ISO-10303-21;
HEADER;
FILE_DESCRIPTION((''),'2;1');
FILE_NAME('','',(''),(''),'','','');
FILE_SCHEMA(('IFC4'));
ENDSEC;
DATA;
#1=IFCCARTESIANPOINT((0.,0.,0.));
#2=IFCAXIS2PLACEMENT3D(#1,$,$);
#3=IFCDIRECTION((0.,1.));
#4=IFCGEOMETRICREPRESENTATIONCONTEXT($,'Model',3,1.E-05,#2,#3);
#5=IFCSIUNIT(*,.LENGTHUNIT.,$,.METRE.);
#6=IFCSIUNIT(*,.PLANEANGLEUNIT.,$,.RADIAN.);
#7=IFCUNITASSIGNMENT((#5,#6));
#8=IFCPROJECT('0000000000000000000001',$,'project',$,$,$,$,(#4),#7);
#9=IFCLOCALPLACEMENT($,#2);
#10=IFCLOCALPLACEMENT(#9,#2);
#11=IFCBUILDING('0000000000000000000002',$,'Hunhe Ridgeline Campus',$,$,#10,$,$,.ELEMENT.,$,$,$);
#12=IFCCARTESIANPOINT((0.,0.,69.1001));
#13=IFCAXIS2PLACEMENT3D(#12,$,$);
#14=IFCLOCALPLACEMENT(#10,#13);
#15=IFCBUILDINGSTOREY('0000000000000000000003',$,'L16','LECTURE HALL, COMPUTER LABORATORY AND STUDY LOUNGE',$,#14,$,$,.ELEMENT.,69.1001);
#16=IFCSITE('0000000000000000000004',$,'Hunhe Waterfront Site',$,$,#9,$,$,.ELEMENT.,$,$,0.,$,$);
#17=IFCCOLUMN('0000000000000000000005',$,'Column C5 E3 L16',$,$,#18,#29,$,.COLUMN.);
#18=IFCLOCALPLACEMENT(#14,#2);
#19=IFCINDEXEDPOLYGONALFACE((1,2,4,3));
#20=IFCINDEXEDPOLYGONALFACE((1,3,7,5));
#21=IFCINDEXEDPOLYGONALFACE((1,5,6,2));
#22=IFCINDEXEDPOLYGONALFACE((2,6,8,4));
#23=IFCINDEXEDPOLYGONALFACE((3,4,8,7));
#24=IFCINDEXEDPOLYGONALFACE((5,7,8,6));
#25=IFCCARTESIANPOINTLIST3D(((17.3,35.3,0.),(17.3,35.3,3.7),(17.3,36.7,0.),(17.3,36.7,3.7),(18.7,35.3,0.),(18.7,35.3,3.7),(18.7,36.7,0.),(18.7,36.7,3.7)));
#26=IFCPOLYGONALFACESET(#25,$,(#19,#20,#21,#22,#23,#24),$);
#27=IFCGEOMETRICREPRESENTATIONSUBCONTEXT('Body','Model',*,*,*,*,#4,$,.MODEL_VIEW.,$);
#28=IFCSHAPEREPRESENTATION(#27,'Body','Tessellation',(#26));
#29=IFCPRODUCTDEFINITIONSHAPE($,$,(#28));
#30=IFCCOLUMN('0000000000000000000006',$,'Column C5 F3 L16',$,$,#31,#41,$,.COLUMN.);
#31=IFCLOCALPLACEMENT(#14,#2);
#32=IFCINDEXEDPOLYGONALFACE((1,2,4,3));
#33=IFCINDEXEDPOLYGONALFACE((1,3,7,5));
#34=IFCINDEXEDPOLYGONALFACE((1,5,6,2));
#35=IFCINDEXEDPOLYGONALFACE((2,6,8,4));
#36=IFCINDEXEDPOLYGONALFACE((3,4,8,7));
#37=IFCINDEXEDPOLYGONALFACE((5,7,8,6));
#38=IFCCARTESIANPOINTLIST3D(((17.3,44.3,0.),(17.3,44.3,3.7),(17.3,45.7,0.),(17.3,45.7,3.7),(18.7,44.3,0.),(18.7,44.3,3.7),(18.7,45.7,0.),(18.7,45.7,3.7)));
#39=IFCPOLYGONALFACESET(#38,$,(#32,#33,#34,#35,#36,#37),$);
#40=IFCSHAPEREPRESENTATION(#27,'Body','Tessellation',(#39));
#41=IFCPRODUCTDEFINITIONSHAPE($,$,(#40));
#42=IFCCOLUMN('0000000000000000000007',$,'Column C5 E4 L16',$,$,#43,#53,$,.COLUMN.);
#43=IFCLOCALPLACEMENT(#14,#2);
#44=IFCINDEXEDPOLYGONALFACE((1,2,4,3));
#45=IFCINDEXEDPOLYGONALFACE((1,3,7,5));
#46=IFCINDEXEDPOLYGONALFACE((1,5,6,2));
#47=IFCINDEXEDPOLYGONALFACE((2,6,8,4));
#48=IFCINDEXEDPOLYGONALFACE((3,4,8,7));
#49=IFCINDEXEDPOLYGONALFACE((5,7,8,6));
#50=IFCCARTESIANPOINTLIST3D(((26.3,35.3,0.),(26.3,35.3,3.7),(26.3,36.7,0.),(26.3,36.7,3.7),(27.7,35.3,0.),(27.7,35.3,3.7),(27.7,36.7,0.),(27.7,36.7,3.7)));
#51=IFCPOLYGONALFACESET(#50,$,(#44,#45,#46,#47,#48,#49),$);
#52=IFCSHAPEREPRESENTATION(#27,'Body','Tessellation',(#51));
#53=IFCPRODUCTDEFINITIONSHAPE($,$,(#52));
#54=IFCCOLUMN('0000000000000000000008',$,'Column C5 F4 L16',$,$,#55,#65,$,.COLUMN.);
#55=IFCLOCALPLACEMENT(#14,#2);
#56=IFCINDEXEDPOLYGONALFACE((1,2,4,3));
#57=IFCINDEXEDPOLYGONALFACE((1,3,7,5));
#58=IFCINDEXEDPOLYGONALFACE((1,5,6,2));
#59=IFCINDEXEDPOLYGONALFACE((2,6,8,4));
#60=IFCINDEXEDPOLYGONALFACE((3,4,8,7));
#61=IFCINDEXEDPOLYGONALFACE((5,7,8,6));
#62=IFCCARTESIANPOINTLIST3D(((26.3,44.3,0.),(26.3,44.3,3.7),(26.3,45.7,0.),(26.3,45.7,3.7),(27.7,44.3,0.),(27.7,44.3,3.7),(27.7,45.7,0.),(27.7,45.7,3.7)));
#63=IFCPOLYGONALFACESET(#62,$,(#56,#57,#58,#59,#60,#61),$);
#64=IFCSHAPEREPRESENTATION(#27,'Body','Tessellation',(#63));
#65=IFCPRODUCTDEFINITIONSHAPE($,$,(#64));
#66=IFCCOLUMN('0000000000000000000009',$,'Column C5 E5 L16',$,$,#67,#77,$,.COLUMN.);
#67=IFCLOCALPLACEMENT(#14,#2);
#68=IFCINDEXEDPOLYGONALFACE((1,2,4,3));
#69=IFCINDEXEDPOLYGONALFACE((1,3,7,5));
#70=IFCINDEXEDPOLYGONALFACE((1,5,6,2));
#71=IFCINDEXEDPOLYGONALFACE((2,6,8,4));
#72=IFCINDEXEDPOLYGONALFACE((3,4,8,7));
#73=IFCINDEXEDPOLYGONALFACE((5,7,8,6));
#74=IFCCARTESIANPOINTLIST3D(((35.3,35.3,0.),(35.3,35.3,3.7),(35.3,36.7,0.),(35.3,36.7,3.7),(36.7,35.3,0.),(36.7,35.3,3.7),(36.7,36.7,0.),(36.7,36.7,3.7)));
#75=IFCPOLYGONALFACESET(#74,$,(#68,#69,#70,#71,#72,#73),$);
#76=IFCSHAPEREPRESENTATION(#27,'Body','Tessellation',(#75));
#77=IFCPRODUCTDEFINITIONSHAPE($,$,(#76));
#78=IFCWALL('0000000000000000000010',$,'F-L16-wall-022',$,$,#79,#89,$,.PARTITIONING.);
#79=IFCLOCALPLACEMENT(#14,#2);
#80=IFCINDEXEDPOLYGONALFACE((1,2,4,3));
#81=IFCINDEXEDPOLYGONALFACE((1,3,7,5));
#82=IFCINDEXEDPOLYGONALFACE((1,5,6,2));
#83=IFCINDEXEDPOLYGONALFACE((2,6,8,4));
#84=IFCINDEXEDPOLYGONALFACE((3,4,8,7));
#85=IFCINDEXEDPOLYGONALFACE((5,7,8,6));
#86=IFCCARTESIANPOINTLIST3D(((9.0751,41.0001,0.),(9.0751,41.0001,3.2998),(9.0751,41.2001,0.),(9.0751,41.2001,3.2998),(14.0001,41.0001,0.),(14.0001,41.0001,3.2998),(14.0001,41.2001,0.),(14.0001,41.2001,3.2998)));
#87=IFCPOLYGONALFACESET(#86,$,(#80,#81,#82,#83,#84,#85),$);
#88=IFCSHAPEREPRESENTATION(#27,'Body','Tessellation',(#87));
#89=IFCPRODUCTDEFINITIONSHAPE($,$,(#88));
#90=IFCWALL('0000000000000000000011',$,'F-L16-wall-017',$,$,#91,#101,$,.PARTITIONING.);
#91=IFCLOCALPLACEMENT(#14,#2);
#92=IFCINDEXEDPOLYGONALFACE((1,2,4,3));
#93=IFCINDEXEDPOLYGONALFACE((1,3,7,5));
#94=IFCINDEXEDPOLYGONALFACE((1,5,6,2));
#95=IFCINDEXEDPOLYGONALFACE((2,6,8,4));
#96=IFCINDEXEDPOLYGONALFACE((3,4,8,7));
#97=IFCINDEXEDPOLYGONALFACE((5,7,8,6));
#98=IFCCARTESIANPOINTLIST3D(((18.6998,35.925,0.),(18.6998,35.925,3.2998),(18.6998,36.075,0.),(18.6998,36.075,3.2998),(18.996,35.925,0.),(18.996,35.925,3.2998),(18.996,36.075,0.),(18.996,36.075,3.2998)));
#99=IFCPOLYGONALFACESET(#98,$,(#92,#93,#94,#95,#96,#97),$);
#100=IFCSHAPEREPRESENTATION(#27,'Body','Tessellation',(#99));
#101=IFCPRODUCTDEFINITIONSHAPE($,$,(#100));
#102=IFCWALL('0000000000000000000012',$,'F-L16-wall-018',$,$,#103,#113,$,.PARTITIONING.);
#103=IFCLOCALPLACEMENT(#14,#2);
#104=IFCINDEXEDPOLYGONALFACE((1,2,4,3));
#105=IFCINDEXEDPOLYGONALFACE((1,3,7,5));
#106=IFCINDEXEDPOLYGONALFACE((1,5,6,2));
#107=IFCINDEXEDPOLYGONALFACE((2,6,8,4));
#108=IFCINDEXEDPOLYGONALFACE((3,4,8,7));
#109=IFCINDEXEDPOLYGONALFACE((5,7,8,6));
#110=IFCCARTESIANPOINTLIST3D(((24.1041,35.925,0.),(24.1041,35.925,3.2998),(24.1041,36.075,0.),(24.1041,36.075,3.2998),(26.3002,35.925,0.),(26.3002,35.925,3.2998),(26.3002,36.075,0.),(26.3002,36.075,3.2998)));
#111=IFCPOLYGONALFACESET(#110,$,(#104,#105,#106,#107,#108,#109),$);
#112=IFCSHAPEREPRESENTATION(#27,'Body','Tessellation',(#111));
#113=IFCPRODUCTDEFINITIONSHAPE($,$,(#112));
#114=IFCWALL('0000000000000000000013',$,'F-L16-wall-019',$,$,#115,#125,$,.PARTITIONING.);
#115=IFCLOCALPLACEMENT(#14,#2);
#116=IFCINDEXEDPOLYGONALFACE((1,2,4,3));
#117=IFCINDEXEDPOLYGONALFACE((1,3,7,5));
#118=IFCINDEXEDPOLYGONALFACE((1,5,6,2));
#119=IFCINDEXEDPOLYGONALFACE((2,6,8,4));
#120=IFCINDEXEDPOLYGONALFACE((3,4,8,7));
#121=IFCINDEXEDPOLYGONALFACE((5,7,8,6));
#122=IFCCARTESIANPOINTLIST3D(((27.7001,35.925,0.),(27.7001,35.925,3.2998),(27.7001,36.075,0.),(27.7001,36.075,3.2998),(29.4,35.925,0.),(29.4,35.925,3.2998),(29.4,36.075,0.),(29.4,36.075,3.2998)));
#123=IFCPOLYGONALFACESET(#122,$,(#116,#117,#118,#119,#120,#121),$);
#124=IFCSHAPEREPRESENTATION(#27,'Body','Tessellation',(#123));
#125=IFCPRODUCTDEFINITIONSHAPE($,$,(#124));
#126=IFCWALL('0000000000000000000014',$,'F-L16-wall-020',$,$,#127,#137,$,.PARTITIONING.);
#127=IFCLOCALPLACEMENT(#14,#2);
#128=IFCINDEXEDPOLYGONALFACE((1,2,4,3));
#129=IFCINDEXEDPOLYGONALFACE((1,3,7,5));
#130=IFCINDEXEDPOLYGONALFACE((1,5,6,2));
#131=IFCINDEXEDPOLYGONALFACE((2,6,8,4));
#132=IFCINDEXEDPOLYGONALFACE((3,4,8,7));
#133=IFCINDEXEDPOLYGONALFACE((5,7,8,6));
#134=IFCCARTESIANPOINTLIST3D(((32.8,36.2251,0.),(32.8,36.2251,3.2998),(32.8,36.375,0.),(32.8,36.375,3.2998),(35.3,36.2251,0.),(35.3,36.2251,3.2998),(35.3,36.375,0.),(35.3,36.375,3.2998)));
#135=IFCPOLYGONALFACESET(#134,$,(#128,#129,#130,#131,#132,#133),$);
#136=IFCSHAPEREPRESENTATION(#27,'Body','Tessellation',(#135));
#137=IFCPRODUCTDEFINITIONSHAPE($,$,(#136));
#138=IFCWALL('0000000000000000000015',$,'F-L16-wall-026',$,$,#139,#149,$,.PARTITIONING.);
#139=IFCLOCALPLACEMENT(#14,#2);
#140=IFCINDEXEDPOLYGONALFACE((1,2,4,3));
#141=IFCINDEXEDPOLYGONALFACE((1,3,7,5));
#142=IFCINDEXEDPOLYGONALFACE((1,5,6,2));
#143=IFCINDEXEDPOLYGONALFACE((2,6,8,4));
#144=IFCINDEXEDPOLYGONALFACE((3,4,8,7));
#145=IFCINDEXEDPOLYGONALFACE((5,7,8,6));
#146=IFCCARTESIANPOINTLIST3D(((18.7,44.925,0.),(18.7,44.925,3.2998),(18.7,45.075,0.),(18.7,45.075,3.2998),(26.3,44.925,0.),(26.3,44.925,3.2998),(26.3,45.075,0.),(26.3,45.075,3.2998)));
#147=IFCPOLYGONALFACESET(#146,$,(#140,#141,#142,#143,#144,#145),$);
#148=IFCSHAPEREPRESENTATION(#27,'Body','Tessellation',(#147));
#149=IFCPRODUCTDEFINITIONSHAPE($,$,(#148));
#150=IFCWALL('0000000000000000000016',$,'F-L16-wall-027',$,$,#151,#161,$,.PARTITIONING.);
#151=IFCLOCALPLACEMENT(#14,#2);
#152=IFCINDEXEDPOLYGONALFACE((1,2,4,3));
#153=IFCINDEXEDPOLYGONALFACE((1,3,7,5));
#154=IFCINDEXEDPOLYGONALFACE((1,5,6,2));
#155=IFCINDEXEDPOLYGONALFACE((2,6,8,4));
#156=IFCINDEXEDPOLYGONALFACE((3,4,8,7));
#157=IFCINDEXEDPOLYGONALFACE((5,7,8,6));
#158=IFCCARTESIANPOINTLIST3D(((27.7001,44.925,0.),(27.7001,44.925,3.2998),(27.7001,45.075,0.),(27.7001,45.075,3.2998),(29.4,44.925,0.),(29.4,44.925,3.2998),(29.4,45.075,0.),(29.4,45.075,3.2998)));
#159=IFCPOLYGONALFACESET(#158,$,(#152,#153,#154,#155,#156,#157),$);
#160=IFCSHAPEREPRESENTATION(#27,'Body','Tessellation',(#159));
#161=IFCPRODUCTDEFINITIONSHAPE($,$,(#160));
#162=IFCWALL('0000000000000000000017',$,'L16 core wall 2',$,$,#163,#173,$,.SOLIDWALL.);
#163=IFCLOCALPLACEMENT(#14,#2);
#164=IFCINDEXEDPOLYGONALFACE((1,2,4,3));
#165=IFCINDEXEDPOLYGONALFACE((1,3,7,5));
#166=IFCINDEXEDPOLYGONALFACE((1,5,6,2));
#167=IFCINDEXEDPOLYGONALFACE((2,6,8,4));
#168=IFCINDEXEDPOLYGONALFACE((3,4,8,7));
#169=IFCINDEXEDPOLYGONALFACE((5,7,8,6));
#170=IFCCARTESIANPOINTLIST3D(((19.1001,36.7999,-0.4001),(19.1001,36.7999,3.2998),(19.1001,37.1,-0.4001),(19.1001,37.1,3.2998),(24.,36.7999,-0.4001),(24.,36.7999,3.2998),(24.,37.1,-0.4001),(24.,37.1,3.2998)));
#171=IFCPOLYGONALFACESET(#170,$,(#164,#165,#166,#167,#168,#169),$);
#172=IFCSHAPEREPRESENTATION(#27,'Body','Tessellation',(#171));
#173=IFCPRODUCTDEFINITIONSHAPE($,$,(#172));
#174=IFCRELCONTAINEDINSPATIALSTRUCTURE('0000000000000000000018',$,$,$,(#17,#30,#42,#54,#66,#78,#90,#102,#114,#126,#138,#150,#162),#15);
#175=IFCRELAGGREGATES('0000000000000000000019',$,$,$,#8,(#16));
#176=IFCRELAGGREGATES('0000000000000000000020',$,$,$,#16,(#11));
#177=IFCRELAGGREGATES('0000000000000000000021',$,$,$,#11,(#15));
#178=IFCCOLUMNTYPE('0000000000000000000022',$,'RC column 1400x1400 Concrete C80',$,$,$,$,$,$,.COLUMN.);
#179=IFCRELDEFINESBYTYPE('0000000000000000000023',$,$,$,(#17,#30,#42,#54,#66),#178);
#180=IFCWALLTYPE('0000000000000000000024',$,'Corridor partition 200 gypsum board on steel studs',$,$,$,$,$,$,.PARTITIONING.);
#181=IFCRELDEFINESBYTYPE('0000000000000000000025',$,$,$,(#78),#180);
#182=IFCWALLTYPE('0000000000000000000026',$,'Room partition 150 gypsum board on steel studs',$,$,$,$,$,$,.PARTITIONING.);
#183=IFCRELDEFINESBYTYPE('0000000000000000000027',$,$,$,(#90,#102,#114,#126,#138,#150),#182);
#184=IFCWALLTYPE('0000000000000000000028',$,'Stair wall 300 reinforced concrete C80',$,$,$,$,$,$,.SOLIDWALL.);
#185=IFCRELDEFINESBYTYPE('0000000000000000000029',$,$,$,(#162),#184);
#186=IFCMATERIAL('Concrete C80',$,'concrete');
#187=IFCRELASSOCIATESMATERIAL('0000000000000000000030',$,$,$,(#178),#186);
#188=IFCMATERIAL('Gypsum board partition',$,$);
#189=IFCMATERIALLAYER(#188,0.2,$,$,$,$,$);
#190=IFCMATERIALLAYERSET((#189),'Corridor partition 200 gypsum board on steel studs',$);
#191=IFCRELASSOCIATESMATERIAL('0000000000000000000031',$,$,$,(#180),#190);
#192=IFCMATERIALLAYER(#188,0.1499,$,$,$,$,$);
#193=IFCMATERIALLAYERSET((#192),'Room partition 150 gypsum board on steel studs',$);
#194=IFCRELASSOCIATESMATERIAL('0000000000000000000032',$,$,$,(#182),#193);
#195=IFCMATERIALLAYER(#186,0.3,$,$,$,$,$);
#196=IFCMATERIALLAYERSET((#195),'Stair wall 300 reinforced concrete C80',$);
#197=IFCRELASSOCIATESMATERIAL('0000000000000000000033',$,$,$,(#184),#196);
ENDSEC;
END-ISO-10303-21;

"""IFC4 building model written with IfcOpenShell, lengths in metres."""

from ifc_helpers import new_model, si_unit, direction, frame, frame_2d, origin, origin_2d, place, context, subcontext, project, spatial, rectangle, extrude, material, layer, layer_set, material_profile, profile_set, type_object, element, save


model = new_model("IFC4")

# Units and contexts
model_context = context("Model", 3, precision=1e-05, world=origin(), true_north=direction((0.0, 1.0)))
body_context = subcontext(model_context, "Body", "Model", "MODEL_VIEW")
ifc_project = project(units=[si_unit("LENGTHUNIT", "METRE"), si_unit("PLANEANGLEUNIT", "RADIAN")], contexts=[model_context])

# Site, building, storey
site_placement = place(None, origin())
site = spatial("IfcSite", under=ifc_project, at=site_placement, Name="Hunhe Waterfront Site", CompositionType="ELEMENT", RefElevation=0.0)
building_placement = place(site_placement, origin())
building = spatial("IfcBuilding", under=site, at=building_placement, Name="Hunhe Ridgeline Campus", CompositionType="ELEMENT")
storey_placement = place(building_placement, frame((0.0, 0.0, 69.1001)))
storey = spatial("IfcBuildingStorey", under=building, at=storey_placement, Name="L16", Description="LECTURE HALL, COMPUTER LABORATORY AND STUDY LOUNGE", CompositionType="ELEMENT", Elevation=69.1001)

# Columns
ifc_material_1 = material(Name="Concrete C80", Category="concrete")
ifc_material_profile = material_profile(ifc_material_1, rectangle(XDim=1.3999, YDim=1.3999, at=origin_2d()))
ifc_profile_set = profile_set([ifc_material_profile], Name="Concrete C80")
column_type = type_object("IfcColumnType", Name="RC column 1400x1400 Concrete C80", PredefinedType="COLUMN", material=ifc_profile_set)
for number, where, z_axis, x_axis, name in (
    (1, (18.0, 36.0, 0.0), (0.0, 0.0, 1.0), (1.0, 0.0, 0.0), "Column C5 E3 L16"),
    (2, (18.0, 45.0, 0.0), (0.0, 0.0, 1.0), (1.0, 0.0, 0.0), "Column C5 F3 L16"),
    (3, (27.0, 36.0, 0.0), (0.0, 0.0, 1.0), (1.0, 0.0, 0.0), "Column C5 E4 L16"),
    (4, (27.0, 45.0, 0.0), (0.0, 0.0, 1.0), (1.0, 0.0, 0.0), "Column C5 F4 L16"),
    (5, (36.0, 36.0, 0.0), (0.0, 0.0, 1.0), (1.0, 0.0, 0.0), "Column C5 E5 L16"),
):
    element("IfcColumn", number, at=place(storey_placement, frame(where, z_axis=z_axis, x_axis=x_axis)), inside=storey, type_object=column_type, Name=name, PredefinedType="COLUMN", context=body_context, shape_type="SweptSolid", body=[
        extrude(rectangle(XDim=1.3999, YDim=1.3999, at=origin_2d()), origin(), (0.0, 0.0, 1.0), 3.7),
    ])

# Wall
ifc_material_2 = material(Name="Gypsum board partition")
ifc_layer_1 = layer(ifc_material_2, 0.2)
ifc_layer_set_1 = layer_set([ifc_layer_1], Name="Corridor partition 200 gypsum board on steel studs")
wall_type_1 = type_object("IfcWallType", Name="Corridor partition 200 gypsum board on steel studs", PredefinedType="PARTITIONING", material=ifc_layer_set_1)
wall_1_placement = place(storey_placement, frame((14.0, 41.1001, 0.0), z_axis=(0.0, 0.0, 1.0), x_axis=(-1.0, 0.0, 0.0)))
element("IfcWall", 6, at=wall_1_placement, inside=storey, type_object=wall_type_1, Name="F-L16-wall-022", PredefinedType="PARTITIONING", context=body_context, shape_type="SweptSolid", body=[
    extrude(rectangle(XDim=4.925, YDim=0.2, at=frame_2d((2.4624, 0.0))), origin(), (0.0, 0.0, 1.0), 3.2998),
])

# Walls
ifc_layer_2 = layer(ifc_material_2, 0.1499)
ifc_layer_set_2 = layer_set([ifc_layer_2], Name="Room partition 150 gypsum board on steel studs")
wall_type_2 = type_object("IfcWallType", Name="Room partition 150 gypsum board on steel studs", PredefinedType="PARTITIONING", material=ifc_layer_set_2)
wall_2_placement = place(storey_placement, frame((18.7, 36.0, 0.0), z_axis=(0.0, 0.0, 1.0), x_axis=(1.0, 0.0, 0.0)))
element("IfcWall", 7, at=wall_2_placement, inside=storey, type_object=wall_type_2, Name="F-L16-wall-017", PredefinedType="PARTITIONING", context=body_context, shape_type="SweptSolid", body=[
    extrude(rectangle(XDim=0.2961, YDim=0.1499, at=frame_2d((0.1479, 0.0))), origin(), (0.0, 0.0, 1.0), 3.2998),
])
wall_3_placement = place(storey_placement, frame((24.104, 36.0, 0.0), z_axis=(0.0, 0.0, 1.0), x_axis=(1.0, 0.0, 0.0)))
element("IfcWall", 8, at=wall_3_placement, inside=storey, type_object=wall_type_2, Name="F-L16-wall-018", PredefinedType="PARTITIONING", context=body_context, shape_type="SweptSolid", body=[
    extrude(rectangle(XDim=2.196, YDim=0.1499, at=frame_2d((1.0981, 0.0))), origin(), (0.0, 0.0, 1.0), 3.2998),
])
wall_4_placement = place(storey_placement, frame((27.7, 36.0, 0.0), z_axis=(0.0, 0.0, 1.0), x_axis=(1.0, 0.0, 0.0)))
element("IfcWall", 9, at=wall_4_placement, inside=storey, type_object=wall_type_2, Name="F-L16-wall-019", PredefinedType="PARTITIONING", context=body_context, shape_type="SweptSolid", body=[
    extrude(rectangle(XDim=1.7, YDim=0.1499, at=frame_2d((0.8501, 0.0))), origin(), (0.0, 0.0, 1.0), 3.2998),
])
wall_5_placement = place(storey_placement, frame((32.8, 36.3, 0.0), z_axis=(0.0, 0.0, 1.0), x_axis=(1.0, 0.0, 0.0)))
element("IfcWall", 10, at=wall_5_placement, inside=storey, type_object=wall_type_2, Name="F-L16-wall-020", PredefinedType="PARTITIONING", context=body_context, shape_type="SweptSolid", body=[
    extrude(rectangle(XDim=2.5, YDim=0.1499, at=frame_2d((1.25, 0.0))), origin(), (0.0, 0.0, 1.0), 3.2998),
])
wall_6_placement = place(storey_placement, frame((18.7, 45.0, 0.0), z_axis=(0.0, 0.0, 1.0), x_axis=(1.0, 0.0, 0.0)))
element("IfcWall", 11, at=wall_6_placement, inside=storey, type_object=wall_type_2, Name="F-L16-wall-026", PredefinedType="PARTITIONING", context=body_context, shape_type="SweptSolid", body=[
    extrude(rectangle(XDim=7.6001, YDim=0.1499, at=frame_2d((3.8, 0.0))), origin(), (0.0, 0.0, 1.0), 3.2998),
])
wall_7_placement = place(storey_placement, frame((27.7, 45.0, 0.0), z_axis=(0.0, 0.0, 1.0), x_axis=(1.0, 0.0, 0.0)))
element("IfcWall", 12, at=wall_7_placement, inside=storey, type_object=wall_type_2, Name="F-L16-wall-027", PredefinedType="PARTITIONING", context=body_context, shape_type="SweptSolid", body=[
    extrude(rectangle(XDim=1.7, YDim=0.1499, at=frame_2d((0.8501, 0.0))), origin(), (0.0, 0.0, 1.0), 3.2998),
])
ifc_layer_3 = layer(ifc_material_1, 0.3)
ifc_layer_set_3 = layer_set([ifc_layer_3], Name="Stair wall 300 reinforced concrete C80")
wall_type_3 = type_object("IfcWallType", Name="Stair wall 300 reinforced concrete C80", PredefinedType="SOLIDWALL", material=ifc_layer_set_3)
wall_8_placement = place(storey_placement, frame((19.1001, 36.95, -0.4001), z_axis=(0.0, 0.0, 1.0), x_axis=(1.0, 0.0, 0.0)))
element("IfcWall", 13, at=wall_8_placement, inside=storey, type_object=wall_type_3, Name="L16 core wall 2", PredefinedType="SOLIDWALL", context=body_context, shape_type="SweptSolid", body=[
    extrude(rectangle(XDim=4.8999, YDim=0.3, at=frame_2d((2.45, 0.0))), origin(), (0.0, 0.0, 1.0), 3.7),
])

save(model, "model.ifc")
